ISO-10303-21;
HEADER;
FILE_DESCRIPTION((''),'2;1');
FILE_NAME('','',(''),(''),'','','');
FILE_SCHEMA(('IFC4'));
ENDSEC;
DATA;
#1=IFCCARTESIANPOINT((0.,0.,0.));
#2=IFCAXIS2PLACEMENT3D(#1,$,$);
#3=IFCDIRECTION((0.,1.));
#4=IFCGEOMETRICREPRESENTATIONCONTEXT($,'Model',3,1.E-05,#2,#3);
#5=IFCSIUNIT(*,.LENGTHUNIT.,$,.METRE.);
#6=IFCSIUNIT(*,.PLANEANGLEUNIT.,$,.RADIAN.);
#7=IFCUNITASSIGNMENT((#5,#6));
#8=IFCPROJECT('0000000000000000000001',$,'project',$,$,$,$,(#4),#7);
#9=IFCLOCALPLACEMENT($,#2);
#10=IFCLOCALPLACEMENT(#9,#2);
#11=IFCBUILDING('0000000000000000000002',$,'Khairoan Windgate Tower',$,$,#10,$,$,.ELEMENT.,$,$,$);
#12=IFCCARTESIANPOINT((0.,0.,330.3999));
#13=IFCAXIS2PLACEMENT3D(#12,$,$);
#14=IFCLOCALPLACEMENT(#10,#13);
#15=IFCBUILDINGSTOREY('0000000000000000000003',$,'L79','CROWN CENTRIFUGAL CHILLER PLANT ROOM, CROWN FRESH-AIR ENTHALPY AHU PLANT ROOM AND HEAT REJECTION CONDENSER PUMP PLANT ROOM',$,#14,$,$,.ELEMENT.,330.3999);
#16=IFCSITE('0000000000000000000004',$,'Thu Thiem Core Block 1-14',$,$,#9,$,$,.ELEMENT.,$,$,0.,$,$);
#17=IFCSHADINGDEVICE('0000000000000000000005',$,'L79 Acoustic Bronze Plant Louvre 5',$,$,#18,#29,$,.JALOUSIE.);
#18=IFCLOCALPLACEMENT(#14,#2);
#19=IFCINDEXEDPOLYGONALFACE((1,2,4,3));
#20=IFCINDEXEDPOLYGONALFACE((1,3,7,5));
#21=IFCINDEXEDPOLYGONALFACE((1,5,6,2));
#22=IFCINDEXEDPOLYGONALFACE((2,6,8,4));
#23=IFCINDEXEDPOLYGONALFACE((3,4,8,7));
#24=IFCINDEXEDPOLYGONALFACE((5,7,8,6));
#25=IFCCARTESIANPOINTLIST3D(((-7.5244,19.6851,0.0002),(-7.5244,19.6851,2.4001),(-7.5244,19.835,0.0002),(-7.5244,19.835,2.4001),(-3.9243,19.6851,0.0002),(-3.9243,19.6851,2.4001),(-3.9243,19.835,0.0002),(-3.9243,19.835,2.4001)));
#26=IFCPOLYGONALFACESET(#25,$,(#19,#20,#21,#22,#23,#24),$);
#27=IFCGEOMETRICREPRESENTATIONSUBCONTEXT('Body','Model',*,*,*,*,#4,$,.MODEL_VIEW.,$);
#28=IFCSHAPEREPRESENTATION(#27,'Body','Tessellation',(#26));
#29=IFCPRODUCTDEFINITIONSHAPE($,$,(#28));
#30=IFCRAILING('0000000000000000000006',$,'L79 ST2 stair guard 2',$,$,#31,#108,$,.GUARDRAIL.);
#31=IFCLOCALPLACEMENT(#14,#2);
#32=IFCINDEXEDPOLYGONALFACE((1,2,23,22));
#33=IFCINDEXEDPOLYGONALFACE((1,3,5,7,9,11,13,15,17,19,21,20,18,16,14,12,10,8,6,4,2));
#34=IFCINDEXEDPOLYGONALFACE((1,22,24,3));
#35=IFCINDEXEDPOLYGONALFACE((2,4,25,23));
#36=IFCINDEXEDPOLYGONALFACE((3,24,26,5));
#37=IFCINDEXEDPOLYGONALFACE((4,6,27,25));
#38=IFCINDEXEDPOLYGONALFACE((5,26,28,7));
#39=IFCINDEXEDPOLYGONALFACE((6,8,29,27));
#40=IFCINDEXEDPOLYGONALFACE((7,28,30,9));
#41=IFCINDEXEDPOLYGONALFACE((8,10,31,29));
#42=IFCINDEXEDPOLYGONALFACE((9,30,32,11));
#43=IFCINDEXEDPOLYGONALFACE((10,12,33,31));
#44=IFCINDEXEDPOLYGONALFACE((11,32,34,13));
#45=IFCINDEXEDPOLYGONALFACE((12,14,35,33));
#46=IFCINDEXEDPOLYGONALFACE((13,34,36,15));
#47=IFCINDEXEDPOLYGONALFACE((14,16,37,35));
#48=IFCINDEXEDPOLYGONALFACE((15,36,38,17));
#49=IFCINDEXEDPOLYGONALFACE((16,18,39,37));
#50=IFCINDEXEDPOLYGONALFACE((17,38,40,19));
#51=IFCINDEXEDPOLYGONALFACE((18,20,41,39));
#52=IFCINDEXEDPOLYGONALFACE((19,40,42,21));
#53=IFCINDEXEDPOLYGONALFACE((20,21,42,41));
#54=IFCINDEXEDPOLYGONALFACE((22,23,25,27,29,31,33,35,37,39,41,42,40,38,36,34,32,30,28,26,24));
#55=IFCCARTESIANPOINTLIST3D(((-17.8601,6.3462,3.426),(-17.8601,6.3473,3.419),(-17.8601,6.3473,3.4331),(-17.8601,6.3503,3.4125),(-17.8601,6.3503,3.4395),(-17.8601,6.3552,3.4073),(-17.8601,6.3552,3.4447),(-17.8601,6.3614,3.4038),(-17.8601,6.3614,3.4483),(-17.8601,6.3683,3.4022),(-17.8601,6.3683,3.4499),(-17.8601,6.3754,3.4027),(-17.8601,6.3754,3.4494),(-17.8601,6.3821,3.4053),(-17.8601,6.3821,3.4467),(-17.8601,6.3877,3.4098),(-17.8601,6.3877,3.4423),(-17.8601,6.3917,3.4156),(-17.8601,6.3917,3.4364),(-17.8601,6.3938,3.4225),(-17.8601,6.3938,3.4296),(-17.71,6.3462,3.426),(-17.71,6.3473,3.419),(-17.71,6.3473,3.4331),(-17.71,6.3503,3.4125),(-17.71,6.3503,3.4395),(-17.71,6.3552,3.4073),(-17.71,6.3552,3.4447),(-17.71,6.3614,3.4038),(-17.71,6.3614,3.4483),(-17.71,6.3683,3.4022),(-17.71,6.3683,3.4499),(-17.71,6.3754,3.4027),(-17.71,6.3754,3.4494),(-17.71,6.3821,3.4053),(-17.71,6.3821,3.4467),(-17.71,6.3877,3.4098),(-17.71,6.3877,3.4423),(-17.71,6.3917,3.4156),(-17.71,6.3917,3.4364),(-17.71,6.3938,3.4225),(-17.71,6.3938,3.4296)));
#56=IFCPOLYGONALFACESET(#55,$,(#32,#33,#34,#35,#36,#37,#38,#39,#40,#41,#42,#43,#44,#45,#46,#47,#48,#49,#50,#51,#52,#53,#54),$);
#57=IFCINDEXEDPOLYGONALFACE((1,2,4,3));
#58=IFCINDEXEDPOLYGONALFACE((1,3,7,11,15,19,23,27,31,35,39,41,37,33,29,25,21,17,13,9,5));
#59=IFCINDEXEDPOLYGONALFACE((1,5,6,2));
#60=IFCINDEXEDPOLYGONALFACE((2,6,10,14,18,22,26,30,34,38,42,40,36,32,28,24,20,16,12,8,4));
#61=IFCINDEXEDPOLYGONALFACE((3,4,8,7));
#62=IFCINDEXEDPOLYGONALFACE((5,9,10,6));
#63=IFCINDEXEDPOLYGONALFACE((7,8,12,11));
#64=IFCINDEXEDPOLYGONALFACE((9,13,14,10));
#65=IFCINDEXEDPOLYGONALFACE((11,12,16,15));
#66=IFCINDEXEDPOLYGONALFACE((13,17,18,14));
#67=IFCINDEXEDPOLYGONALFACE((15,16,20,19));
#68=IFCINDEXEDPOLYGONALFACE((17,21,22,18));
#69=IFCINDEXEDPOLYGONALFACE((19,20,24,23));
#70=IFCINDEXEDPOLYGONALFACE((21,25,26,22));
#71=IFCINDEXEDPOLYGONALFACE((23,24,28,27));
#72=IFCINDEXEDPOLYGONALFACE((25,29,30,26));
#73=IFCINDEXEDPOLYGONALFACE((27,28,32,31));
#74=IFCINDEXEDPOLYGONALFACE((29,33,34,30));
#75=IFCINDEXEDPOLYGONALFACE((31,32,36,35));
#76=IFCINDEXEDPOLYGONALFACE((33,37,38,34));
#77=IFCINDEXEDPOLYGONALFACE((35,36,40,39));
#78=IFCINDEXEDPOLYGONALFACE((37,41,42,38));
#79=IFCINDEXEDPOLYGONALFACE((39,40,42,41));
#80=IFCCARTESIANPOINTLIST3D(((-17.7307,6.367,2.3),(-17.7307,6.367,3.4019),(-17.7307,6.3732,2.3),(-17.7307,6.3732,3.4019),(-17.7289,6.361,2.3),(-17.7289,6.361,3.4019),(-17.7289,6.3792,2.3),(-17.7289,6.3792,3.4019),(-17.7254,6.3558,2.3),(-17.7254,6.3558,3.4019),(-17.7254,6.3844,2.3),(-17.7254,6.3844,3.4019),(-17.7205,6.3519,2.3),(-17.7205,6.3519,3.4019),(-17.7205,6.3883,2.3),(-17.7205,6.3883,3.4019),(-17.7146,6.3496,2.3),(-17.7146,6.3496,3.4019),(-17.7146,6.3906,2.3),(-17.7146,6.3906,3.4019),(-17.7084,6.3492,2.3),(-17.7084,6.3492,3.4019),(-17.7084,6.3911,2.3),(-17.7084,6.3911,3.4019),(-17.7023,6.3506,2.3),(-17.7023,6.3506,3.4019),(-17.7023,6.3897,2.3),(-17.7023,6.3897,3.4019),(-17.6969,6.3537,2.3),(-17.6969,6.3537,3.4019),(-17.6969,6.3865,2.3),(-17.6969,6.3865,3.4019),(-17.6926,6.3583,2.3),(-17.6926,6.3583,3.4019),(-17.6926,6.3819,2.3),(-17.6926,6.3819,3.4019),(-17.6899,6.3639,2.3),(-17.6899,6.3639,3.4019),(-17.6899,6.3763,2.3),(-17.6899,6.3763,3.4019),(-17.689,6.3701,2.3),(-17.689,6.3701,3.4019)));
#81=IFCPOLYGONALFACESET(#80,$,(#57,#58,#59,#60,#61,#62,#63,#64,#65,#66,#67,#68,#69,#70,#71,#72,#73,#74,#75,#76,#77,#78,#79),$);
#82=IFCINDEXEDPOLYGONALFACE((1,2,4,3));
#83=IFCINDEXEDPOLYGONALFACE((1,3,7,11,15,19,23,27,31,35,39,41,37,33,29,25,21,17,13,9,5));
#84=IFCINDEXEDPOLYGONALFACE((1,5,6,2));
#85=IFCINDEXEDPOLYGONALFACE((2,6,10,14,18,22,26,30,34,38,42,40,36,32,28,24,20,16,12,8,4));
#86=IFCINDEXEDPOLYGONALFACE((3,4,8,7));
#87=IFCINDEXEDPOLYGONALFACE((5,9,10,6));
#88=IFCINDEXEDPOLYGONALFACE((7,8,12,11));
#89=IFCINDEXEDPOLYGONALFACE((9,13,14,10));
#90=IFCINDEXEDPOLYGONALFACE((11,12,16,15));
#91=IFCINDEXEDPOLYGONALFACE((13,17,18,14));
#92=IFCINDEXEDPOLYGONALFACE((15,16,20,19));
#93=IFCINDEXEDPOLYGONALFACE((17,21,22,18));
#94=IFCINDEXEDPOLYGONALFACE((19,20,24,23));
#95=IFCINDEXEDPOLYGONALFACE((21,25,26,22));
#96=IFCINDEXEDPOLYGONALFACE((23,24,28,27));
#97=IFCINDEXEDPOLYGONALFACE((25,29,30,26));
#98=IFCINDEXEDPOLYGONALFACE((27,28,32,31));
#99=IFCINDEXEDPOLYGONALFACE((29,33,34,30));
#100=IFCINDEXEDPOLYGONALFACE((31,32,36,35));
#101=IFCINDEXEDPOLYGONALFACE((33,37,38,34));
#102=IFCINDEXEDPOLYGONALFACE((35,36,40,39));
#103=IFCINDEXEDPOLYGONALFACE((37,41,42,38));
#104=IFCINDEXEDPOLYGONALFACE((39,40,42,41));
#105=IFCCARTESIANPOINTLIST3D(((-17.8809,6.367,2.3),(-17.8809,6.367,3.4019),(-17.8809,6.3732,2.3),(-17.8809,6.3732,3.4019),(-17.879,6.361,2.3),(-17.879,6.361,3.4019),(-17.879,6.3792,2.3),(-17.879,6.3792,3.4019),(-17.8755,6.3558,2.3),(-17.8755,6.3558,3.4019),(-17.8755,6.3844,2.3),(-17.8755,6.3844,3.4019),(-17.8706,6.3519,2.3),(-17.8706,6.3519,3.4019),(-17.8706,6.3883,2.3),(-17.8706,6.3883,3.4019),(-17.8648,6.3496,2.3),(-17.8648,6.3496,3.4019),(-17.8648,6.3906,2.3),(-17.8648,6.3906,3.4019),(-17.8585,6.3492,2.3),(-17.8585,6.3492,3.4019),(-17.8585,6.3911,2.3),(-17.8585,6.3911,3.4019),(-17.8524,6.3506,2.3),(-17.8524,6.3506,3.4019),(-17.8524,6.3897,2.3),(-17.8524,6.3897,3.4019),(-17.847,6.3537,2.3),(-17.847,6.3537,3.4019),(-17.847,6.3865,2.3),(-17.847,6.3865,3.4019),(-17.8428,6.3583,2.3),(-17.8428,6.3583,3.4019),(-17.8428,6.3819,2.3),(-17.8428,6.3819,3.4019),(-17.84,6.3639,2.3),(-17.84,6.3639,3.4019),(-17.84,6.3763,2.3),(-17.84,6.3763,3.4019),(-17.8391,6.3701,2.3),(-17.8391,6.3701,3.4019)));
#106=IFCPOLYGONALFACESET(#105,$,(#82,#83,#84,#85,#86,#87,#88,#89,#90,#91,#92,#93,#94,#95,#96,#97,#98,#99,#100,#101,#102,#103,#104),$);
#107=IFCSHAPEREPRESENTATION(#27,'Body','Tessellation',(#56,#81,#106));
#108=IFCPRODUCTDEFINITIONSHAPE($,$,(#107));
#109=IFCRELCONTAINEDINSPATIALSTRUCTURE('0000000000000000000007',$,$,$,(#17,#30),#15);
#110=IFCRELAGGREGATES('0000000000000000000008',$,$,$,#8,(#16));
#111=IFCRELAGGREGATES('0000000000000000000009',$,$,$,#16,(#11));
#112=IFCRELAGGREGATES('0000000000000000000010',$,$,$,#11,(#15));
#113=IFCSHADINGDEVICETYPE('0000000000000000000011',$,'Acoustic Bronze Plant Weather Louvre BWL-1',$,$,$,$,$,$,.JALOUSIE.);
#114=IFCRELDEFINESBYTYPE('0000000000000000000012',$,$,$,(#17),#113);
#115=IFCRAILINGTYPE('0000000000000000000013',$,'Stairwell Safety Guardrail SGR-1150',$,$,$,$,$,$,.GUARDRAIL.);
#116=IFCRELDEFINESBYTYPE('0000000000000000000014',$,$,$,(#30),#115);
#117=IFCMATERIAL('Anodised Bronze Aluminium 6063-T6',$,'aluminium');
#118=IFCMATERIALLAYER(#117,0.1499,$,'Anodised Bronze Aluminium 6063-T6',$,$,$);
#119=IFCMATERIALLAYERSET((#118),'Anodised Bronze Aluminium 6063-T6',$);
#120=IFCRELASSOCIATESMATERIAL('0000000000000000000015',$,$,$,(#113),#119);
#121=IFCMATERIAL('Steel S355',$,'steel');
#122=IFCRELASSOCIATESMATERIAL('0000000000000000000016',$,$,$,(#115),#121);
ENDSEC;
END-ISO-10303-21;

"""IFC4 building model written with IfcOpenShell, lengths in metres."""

from ifc_helpers import new_model, si_unit, direction, frame, origin, origin_2d, place, context, subcontext, project, spatial, rectangle, circle, extrude, material, layer, layer_set, type_object, element, save


model = new_model("IFC4")

# Units and contexts
model_context = context("Model", 3, precision=1e-05, world=origin(), true_north=direction((0.0, 1.0)))
body_context = subcontext(model_context, "Body", "Model", "MODEL_VIEW")
ifc_project = project(units=[si_unit("LENGTHUNIT", "METRE"), si_unit("PLANEANGLEUNIT", "RADIAN")], contexts=[model_context])

# Site, building, storey
site_placement = place(None, origin())
site = spatial("IfcSite", under=ifc_project, at=site_placement, Name="Thu Thiem Core Block 1-14", CompositionType="ELEMENT", RefElevation=0.0)
building_placement = place(site_placement, origin())
building = spatial("IfcBuilding", under=site, at=building_placement, Name="Khairoan Windgate Tower", CompositionType="ELEMENT")
storey_placement = place(building_placement, frame((0.0, 0.0, 330.3999)))
storey = spatial("IfcBuildingStorey", under=building, at=storey_placement, Name="L79", Description="CROWN CENTRIFUGAL CHILLER PLANT ROOM, CROWN FRESH-AIR ENTHALPY AHU PLANT ROOM AND HEAT REJECTION CONDENSER PUMP PLANT ROOM", CompositionType="ELEMENT", Elevation=330.3999)

# Shading device
ifc_material_1 = material(Name="Anodised Bronze Aluminium 6063-T6", Category="aluminium")
ifc_layer_1 = layer(ifc_material_1, 0.1499, Name="Anodised Bronze Aluminium 6063-T6")
ifc_layer_set_1 = layer_set([ifc_layer_1], Name="Anodised Bronze Aluminium 6063-T6")
shading_device_type = type_object("IfcShadingDeviceType", Name="Acoustic Bronze Plant Weather Louvre BWL-1", PredefinedType="JALOUSIE", material=ifc_layer_set_1)
shading_device_placement = place(storey_placement, frame((-5.7244, 19.76, 0.0002), z_axis=(0.0, 0.0, 1.0), x_axis=(1.0, 0.0, 0.0)))
element("IfcShadingDevice", 1, at=shading_device_placement, inside=storey, type_object=shading_device_type, Name="L79 Acoustic Bronze Plant Louvre 5", PredefinedType="JALOUSIE", context=body_context, shape_type="SweptSolid", body=[
    extrude(rectangle(XDim=3.6001, YDim=0.1499, at=origin_2d()), origin(), (0.0, 0.0, 1.0), 2.3999),
])

# Railing
ifc_material_2 = material(Name="Steel S355", Category="steel")
railing_type = type_object("IfcRailingType", Name="Stairwell Safety Guardrail SGR-1150", PredefinedType="GUARDRAIL", material=ifc_material_2)
railing_1_placement = place(storey_placement, frame((-17.71, 6.3701, 2.3)))
element("IfcRailing", 2, at=railing_1_placement, inside=storey, type_object=railing_type, Name="L79 ST2 stair guard 2", PredefinedType="GUARDRAIL", context=body_context, shape_type="SweptSolid", body=[
    extrude(circle(Radius=0.0239, at=origin_2d()), frame((0.0, 0.0, 1.126), z_axis=(-1.0, 0.0, 0.0), x_axis=(0.0, -1.0, 0.0)), (0.0, 0.0, 1.0), 0.1501),
    extrude(circle(Radius=0.021, at=origin_2d()), origin(), (0.0, 0.0, 1.0), 1.1018),
    extrude(circle(Radius=0.021, at=origin_2d()), frame((-0.1501, 0.0, 0.0)), (0.0, 0.0, 1.0), 1.1018),
])

save(model, "model.ifc")
